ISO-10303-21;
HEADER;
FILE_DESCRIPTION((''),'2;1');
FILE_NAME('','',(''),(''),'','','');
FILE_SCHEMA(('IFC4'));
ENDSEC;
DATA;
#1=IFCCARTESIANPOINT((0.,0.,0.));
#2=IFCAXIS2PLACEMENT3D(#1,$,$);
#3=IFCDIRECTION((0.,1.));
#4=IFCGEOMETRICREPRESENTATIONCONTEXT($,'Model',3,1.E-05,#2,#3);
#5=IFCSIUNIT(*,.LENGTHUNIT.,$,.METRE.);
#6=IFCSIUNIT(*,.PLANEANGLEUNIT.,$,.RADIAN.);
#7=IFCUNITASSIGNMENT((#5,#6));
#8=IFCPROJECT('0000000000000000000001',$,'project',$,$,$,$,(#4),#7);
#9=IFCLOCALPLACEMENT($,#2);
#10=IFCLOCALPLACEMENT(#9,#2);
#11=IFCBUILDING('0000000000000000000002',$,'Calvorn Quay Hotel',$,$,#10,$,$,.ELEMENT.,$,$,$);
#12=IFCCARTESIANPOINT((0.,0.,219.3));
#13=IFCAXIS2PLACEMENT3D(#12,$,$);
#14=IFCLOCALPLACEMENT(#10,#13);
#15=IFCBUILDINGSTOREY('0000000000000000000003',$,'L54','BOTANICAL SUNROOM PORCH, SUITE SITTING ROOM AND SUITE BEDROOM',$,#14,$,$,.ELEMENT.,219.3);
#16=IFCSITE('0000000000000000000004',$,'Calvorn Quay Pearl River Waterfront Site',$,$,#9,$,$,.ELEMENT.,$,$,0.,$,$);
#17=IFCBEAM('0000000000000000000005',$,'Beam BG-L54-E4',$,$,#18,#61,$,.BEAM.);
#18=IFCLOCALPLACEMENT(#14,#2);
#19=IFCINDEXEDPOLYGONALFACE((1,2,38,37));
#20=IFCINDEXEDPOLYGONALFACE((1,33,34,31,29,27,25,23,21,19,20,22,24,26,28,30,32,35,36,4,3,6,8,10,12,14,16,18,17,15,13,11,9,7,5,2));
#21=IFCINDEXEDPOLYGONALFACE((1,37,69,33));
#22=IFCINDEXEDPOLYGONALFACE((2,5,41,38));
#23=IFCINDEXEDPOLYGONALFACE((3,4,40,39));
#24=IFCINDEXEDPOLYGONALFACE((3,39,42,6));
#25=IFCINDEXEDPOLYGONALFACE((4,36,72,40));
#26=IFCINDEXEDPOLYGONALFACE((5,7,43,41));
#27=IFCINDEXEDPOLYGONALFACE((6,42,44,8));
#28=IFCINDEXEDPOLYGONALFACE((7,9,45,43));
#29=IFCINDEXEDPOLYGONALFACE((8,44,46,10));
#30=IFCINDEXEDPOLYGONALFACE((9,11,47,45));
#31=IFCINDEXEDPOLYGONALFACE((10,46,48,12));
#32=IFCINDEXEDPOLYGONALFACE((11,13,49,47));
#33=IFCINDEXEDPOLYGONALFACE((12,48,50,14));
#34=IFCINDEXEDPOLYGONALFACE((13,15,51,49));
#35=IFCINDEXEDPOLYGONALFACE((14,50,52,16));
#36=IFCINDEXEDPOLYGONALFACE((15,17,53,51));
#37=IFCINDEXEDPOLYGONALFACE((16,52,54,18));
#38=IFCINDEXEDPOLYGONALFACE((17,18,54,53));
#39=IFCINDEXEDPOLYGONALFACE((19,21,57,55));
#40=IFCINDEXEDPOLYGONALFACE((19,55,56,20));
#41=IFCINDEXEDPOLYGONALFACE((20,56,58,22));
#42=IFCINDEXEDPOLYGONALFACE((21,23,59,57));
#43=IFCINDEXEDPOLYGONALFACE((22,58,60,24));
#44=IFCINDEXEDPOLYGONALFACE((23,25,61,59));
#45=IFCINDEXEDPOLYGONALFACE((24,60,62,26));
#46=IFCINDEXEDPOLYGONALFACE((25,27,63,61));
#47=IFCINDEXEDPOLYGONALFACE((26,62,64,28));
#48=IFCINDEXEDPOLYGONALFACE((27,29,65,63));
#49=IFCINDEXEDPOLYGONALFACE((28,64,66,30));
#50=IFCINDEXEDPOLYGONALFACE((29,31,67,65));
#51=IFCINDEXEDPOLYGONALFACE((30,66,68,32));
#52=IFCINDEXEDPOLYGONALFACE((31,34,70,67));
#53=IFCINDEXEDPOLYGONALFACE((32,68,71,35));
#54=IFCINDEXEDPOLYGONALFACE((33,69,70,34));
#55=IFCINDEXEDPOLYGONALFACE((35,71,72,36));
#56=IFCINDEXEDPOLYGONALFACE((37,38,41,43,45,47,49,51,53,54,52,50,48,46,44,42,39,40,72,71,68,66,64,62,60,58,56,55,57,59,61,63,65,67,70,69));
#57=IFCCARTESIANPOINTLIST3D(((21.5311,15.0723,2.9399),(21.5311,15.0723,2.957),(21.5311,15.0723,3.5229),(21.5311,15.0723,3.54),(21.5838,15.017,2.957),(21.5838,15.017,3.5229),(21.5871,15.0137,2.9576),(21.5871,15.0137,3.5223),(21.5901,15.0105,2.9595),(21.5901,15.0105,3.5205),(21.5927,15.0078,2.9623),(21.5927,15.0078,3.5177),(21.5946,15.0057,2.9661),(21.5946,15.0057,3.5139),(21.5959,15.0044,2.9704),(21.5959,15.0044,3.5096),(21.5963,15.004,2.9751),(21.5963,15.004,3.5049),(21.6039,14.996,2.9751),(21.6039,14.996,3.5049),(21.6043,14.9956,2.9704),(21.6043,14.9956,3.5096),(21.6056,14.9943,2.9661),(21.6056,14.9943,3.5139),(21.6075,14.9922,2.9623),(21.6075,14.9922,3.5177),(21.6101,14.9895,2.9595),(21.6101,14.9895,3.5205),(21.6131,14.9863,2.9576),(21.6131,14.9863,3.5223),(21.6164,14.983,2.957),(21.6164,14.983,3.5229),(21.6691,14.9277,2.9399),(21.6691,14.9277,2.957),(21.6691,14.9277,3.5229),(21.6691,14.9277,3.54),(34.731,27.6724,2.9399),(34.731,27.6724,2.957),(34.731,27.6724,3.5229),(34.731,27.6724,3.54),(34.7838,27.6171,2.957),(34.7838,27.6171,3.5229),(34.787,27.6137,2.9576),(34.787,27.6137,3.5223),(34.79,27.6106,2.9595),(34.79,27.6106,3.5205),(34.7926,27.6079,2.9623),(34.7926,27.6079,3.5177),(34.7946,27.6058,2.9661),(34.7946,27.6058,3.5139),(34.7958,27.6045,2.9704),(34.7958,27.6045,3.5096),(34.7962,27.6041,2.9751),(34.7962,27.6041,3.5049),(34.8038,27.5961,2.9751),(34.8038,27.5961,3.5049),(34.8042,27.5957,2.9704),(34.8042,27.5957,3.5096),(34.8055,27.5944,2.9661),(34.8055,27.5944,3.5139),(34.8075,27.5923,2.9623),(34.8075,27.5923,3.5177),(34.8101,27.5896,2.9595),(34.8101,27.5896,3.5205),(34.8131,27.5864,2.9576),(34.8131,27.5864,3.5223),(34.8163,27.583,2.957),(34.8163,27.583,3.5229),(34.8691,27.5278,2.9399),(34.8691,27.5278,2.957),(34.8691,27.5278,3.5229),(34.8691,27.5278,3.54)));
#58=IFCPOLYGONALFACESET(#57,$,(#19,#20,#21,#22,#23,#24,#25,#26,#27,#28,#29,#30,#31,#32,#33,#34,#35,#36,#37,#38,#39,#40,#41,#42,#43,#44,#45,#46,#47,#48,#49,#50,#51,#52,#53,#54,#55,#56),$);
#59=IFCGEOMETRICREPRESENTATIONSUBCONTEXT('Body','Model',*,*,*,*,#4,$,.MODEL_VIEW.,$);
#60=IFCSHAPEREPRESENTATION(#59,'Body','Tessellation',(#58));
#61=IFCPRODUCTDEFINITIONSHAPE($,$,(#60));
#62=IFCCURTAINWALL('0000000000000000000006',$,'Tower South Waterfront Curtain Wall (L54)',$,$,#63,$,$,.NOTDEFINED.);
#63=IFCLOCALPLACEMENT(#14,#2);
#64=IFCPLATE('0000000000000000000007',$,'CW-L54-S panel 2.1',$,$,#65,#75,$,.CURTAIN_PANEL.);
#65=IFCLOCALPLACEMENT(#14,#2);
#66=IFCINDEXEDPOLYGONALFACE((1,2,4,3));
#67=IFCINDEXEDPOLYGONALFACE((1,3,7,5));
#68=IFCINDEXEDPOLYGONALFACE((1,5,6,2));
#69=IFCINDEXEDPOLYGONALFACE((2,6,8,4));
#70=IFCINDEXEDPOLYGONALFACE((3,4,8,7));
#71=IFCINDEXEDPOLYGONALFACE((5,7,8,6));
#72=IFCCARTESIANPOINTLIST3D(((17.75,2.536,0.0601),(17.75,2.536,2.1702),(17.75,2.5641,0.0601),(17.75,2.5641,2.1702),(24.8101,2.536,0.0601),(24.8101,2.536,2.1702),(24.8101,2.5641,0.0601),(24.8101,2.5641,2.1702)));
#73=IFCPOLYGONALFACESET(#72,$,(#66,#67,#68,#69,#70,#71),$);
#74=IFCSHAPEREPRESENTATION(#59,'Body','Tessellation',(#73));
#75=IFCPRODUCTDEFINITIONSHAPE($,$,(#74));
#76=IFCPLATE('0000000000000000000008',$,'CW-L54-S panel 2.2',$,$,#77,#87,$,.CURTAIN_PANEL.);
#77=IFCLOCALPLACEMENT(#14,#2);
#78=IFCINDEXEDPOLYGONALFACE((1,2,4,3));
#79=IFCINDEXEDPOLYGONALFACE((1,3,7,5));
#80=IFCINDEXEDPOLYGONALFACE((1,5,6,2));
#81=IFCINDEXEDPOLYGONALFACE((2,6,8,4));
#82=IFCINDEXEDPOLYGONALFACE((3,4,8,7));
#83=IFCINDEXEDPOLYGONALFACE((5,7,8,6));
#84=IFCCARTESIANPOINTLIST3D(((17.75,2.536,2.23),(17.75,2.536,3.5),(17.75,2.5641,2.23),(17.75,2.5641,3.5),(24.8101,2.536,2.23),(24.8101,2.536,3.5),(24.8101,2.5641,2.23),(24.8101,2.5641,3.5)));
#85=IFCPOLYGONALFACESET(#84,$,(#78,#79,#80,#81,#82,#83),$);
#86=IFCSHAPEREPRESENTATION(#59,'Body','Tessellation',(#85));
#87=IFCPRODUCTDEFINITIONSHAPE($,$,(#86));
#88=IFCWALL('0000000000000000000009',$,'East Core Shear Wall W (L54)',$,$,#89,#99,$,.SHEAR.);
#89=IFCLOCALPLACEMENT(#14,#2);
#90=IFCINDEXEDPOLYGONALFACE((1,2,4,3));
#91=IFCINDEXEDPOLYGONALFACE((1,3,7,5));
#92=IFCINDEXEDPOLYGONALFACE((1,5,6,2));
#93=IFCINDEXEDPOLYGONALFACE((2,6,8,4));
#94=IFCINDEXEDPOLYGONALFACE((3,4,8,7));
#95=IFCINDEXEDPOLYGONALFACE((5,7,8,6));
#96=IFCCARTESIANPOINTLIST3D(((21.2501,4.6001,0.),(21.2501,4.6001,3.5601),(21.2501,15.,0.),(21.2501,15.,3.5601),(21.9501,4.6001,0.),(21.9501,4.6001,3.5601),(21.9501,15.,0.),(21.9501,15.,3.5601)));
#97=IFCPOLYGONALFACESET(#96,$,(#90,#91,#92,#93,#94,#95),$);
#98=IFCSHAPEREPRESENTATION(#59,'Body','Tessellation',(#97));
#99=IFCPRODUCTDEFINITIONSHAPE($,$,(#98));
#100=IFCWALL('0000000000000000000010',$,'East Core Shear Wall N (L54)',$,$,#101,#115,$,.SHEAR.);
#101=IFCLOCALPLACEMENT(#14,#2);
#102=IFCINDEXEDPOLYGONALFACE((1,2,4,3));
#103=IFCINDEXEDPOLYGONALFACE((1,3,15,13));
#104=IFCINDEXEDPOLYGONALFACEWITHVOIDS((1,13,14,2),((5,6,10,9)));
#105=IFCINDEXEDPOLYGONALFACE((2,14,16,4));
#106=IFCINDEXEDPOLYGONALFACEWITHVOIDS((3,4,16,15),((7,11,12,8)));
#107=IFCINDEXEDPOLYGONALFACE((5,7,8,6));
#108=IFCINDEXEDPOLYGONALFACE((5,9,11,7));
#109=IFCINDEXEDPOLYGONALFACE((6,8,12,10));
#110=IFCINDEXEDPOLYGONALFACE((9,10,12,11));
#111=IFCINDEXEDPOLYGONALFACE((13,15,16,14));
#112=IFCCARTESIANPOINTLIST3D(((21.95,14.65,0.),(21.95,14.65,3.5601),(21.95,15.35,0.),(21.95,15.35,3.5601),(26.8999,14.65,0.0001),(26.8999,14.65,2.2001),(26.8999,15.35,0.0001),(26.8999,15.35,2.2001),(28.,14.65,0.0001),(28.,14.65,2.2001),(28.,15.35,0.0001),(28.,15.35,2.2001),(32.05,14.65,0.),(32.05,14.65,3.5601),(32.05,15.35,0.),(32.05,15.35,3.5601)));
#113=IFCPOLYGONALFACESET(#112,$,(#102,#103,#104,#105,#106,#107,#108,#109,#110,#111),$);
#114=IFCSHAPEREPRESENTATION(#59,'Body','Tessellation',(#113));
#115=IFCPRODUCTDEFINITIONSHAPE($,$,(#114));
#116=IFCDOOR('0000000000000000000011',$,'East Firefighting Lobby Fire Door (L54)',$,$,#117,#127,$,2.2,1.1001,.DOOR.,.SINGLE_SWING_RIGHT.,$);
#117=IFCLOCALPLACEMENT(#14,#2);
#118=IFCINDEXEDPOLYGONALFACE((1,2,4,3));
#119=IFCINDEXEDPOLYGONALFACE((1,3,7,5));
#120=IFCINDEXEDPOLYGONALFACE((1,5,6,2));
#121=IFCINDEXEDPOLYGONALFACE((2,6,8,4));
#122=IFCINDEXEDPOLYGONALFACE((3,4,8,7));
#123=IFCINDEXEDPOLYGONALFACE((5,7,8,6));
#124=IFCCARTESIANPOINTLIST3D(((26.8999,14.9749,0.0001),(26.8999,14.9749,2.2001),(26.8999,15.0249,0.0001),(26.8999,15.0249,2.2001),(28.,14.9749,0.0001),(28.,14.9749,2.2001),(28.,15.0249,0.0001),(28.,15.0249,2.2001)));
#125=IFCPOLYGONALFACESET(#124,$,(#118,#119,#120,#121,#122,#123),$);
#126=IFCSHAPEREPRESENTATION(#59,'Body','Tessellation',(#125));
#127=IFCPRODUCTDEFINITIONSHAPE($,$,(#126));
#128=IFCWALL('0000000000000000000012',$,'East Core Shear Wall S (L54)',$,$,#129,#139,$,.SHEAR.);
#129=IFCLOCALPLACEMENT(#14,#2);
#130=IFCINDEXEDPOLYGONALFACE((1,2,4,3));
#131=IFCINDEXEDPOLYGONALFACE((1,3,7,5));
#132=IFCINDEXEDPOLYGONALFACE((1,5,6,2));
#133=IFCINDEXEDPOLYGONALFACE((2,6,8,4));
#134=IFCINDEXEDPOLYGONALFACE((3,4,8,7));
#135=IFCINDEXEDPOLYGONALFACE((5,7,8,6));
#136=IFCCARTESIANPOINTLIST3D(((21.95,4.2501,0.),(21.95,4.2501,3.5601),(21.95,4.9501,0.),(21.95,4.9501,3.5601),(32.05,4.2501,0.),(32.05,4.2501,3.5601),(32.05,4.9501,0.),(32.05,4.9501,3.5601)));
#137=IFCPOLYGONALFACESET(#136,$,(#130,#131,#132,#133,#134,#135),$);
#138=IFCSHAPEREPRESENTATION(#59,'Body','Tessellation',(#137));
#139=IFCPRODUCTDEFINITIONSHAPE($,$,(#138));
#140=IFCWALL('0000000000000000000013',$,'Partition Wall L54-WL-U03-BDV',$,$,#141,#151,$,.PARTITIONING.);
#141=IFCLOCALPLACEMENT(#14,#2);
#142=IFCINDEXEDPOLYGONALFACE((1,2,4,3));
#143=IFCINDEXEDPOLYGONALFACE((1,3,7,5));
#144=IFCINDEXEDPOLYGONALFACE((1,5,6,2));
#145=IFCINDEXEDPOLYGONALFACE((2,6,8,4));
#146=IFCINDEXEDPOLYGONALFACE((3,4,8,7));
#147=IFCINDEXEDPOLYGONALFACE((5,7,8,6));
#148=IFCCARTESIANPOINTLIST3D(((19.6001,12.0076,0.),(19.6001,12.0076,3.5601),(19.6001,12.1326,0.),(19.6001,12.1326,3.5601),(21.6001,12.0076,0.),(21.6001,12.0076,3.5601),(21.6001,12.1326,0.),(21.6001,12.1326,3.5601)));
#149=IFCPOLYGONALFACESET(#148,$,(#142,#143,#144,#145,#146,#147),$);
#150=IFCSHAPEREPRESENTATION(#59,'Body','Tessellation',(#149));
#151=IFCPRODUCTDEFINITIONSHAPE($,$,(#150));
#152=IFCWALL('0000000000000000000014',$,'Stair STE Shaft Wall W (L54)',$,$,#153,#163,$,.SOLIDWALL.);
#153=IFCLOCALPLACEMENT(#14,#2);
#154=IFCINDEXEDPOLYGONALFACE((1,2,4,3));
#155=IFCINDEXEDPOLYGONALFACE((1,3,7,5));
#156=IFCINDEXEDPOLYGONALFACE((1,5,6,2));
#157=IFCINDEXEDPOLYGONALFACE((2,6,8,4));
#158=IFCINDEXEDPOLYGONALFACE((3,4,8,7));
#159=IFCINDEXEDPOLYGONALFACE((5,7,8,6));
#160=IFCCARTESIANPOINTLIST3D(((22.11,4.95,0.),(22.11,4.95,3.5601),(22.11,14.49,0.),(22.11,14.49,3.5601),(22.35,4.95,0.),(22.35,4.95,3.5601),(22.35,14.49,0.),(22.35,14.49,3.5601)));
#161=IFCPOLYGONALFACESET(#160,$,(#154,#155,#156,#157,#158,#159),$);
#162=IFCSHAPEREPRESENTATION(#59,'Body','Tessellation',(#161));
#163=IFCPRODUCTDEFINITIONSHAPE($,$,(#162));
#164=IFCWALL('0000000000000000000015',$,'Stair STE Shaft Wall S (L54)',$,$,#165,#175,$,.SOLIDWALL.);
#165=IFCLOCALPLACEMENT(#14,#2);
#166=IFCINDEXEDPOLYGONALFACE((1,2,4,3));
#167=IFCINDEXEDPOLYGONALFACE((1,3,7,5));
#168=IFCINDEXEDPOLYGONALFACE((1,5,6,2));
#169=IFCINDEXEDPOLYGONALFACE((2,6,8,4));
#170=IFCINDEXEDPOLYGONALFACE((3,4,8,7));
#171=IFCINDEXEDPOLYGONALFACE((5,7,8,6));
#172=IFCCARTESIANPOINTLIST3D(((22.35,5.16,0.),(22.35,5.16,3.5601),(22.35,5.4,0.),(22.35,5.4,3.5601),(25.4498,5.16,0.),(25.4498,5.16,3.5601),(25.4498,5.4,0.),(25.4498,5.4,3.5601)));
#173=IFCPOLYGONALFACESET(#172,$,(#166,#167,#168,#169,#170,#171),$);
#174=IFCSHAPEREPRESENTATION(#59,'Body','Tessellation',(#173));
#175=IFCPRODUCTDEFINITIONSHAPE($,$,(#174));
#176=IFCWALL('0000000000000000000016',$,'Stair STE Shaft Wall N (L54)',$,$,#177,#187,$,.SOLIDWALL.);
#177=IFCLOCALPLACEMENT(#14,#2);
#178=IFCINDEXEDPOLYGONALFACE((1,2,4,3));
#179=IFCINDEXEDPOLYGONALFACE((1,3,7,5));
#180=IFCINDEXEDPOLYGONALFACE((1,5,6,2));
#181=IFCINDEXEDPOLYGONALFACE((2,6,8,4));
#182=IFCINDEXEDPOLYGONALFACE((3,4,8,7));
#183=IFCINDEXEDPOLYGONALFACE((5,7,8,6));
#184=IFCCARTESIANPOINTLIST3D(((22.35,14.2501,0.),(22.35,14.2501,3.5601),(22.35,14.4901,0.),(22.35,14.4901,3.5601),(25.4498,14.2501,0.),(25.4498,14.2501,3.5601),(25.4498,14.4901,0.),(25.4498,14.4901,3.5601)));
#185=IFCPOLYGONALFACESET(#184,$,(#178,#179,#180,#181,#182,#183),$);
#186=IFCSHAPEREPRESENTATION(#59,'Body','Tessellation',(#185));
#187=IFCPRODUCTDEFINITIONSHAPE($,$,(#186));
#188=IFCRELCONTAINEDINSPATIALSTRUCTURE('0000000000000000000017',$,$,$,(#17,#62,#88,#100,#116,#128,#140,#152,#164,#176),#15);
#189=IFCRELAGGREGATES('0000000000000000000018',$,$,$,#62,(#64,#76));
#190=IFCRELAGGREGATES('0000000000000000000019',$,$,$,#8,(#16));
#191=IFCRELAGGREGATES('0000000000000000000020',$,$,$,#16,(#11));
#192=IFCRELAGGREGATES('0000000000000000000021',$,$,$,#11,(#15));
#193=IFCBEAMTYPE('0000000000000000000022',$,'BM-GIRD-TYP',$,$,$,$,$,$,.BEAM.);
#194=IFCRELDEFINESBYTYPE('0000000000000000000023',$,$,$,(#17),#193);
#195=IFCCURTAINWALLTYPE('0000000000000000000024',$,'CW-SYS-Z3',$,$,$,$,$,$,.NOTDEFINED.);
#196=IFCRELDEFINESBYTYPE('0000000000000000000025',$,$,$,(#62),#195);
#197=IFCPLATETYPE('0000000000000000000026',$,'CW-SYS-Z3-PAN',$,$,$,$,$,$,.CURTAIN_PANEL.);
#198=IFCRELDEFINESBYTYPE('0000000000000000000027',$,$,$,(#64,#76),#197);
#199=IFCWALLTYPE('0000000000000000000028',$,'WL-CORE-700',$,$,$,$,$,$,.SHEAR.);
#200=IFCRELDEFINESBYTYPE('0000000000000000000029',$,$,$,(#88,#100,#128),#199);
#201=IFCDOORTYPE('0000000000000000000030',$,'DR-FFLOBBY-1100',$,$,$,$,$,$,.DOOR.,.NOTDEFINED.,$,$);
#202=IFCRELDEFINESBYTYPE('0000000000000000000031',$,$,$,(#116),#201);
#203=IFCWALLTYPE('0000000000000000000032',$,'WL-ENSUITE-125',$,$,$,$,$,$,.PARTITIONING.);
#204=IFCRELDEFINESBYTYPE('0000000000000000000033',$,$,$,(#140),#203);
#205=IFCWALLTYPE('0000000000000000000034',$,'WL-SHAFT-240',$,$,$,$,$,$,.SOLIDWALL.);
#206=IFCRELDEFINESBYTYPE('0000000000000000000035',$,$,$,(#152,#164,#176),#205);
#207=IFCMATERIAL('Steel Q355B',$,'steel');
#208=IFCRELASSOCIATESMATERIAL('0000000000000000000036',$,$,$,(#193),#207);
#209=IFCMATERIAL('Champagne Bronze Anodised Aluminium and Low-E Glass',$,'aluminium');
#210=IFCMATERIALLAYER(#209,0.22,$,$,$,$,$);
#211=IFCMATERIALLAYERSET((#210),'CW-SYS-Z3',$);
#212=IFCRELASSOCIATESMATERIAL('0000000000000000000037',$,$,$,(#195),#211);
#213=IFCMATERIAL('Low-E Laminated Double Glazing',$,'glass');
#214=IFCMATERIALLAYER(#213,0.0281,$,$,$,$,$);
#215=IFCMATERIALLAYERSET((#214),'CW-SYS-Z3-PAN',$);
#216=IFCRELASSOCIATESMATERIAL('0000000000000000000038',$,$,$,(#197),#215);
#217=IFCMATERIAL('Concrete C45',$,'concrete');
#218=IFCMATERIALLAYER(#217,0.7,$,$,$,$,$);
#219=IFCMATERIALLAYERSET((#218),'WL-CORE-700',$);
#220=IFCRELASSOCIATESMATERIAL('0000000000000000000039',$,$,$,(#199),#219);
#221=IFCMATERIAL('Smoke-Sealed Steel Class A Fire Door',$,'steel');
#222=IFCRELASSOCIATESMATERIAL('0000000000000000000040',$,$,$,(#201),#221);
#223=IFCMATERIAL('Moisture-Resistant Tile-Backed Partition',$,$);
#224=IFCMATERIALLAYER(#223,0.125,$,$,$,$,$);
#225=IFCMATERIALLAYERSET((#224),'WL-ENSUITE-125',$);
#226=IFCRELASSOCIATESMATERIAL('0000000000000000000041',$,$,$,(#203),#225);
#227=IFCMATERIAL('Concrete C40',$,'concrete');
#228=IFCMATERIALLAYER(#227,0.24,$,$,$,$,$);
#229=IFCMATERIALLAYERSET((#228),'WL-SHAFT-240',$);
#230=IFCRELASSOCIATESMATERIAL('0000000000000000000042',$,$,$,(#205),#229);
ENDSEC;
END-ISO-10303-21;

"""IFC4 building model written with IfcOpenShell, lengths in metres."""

from ifc_helpers import new_model, si_unit, direction, frame, frame_2d, origin, origin_2d, place, context, subcontext, project, spatial, rectangle, i_section, extrude, material, layer, layer_set, material_profile, profile_set, type_object, element, fill, aggregate, save


model = new_model("IFC4")

# Units and contexts
model_context = context("Model", 3, precision=1e-05, world=origin(), true_north=direction((0.0, 1.0)))
body_context = subcontext(model_context, "Body", "Model", "MODEL_VIEW")
ifc_project = project(units=[si_unit("LENGTHUNIT", "METRE"), si_unit("PLANEANGLEUNIT", "RADIAN")], contexts=[model_context])

# Site, building, storey
site_placement = place(None, origin())
site = spatial("IfcSite", under=ifc_project, at=site_placement, Name="Calvorn Quay Pearl River Waterfront Site", CompositionType="ELEMENT", RefElevation=0.0)
building_placement = place(site_placement, origin())
building = spatial("IfcBuilding", under=site, at=building_placement, Name="Calvorn Quay Hotel", CompositionType="ELEMENT")
storey_placement = place(building_placement, frame((0.0, 0.0, 219.3)))
storey = spatial("IfcBuildingStorey", under=building, at=storey_placement, Name="L54", Description="BOTANICAL SUNROOM PORCH, SUITE SITTING ROOM AND SUITE BEDROOM", CompositionType="ELEMENT", Elevation=219.3)

# Beam
ifc_material_1 = material(Name="Steel Q355B", Category="steel")
ifc_material_profile = material_profile(ifc_material_1, i_section(OverallWidth=0.2, OverallDepth=0.6001, WebThickness=0.011, FlangeThickness=0.0171, FilletRadius=0.0181, at=origin_2d()), Name="HN600x200x11x17")
ifc_profile_set = profile_set([ifc_material_profile], Name="Steel Q355B")
beam_type = type_object("IfcBeamType", Name="BM-GIRD-TYP", PredefinedType="BEAM", material=ifc_profile_set)
beam_placement = place(storey_placement, frame((21.6001, 15.0, 3.24), z_axis=(0.723352, 0.69048, 0.0), x_axis=(-0.69048, 0.723352, 0.0)))
element("IfcBeam", 1, at=beam_placement, inside=storey, type_object=beam_type, Name="Beam BG-L54-E4", PredefinedType="BEAM", context=body_context, shape_type="SweptSolid", body=[
    extrude(i_section(OverallWidth=0.2, OverallDepth=0.6001, WebThickness=0.011, FlangeThickness=0.0171, FilletRadius=0.0181, at=origin_2d()), origin(), (0.0, 0.0, 1.0), 18.2483),
])

# Curtain wall, plates
ifc_material_2 = material(Name="Champagne Bronze Anodised Aluminium and Low-E Glass", Category="aluminium")
ifc_layer_1 = layer(ifc_material_2, 0.22)
ifc_layer_set_1 = layer_set([ifc_layer_1], Name="CW-SYS-Z3")
curtain_wall_type = type_object("IfcCurtainWallType", Name="CW-SYS-Z3", PredefinedType="NOTDEFINED", material=ifc_layer_set_1)
curtain_wall_placement = place(storey_placement, origin())
curtain_wall = element("IfcCurtainWall", 2, at=curtain_wall_placement, inside=storey, type_object=curtain_wall_type, Name="Tower South Waterfront Curtain Wall (L54)", PredefinedType="NOTDEFINED")
ifc_material_3 = material(Name="Low-E Laminated Double Glazing", Category="glass")
ifc_layer_2 = layer(ifc_material_3, 0.0281)
ifc_layer_set_2 = layer_set([ifc_layer_2], Name="CW-SYS-Z3-PAN")
plate_type = type_object("IfcPlateType", Name="CW-SYS-Z3-PAN", PredefinedType="CURTAIN_PANEL", material=ifc_layer_set_2)
plate_1_placement = place(storey_placement, frame((21.28, 2.55, 0.0601), z_axis=(0.0, 0.0, 1.0), x_axis=(1.0, 0.0, 0.0)))
plate_1 = element("IfcPlate", 3, at=plate_1_placement, type_object=plate_type, Name="CW-L54-S panel 2.1", PredefinedType="CURTAIN_PANEL", context=body_context, shape_type="SweptSolid", body=[
    extrude(rectangle(XDim=7.0601, YDim=0.0281, at=origin_2d()), origin(), (0.0, 0.0, 1.0), 2.1101),
])
plate_2_placement = place(storey_placement, frame((21.28, 2.55, 2.23), z_axis=(0.0, 0.0, 1.0), x_axis=(1.0, 0.0, 0.0)))
plate_2 = element("IfcPlate", 4, at=plate_2_placement, type_object=plate_type, Name="CW-L54-S panel 2.2", PredefinedType="CURTAIN_PANEL", context=body_context, shape_type="SweptSolid", body=[
    extrude(rectangle(XDim=7.0601, YDim=0.0281, at=origin_2d()), origin(), (0.0, 0.0, 1.0), 1.27),
])
aggregate(curtain_wall, [plate_1, plate_2])

# Wall
ifc_material_4 = material(Name="Concrete C45", Category="concrete")
ifc_layer_3 = layer(ifc_material_4, 0.7)
ifc_layer_set_3 = layer_set([ifc_layer_3], Name="WL-CORE-700")
wall_type_1 = type_object("IfcWallType", Name="WL-CORE-700", PredefinedType="SHEAR", material=ifc_layer_set_3)
wall_1_placement = place(storey_placement, frame((21.6001, 4.6001, 0.0), z_axis=(0.0, 0.0, 1.0), x_axis=(0.0, 1.0, 0.0)))
element("IfcWall", 5, at=wall_1_placement, inside=storey, type_object=wall_type_1, Name="East Core Shear Wall W (L54)", PredefinedType="SHEAR", context=body_context, shape_type="SweptSolid", body=[
    extrude(rectangle(XDim=10.3999, YDim=0.7, at=frame_2d((5.2, 0.0))), origin(), (0.0, 0.0, 1.0), 3.5601),
])

# Wall, opening, door
wall_2_placement = place(storey_placement, frame((21.95, 15.0, 0.0), z_axis=(0.0, 0.0, 1.0), x_axis=(1.0, 0.0, 0.0)))
wall_2 = element("IfcWall", 6, at=wall_2_placement, inside=storey, type_object=wall_type_1, Name="East Core Shear Wall N (L54)", PredefinedType="SHEAR", context=body_context, shape_type="SweptSolid", body=[
    extrude(rectangle(XDim=10.1001, YDim=0.7, at=frame_2d((5.05, 0.0))), origin(), (0.0, 0.0, 1.0), 3.5601),
])
opening_placement = place(wall_2_placement, frame((4.95, 0.0, 0.0)))
opening = element("IfcOpeningElement", 7, at=opening_placement, cuts=wall_2, PredefinedType="OPENING", context=body_context, shape_type="SweptSolid", body=[
    extrude(rectangle(XDim=1.1001, YDim=2.2, at=frame_2d((0.55, 1.1001))), frame((0.0, 0.3599, 0.0), z_axis=(0.0, -1.0, 0.0), x_axis=(1.0, 0.0, 0.0)), (0.0, 0.0, 1.0), 0.72),
])
ifc_material_5 = material(Name="Smoke-Sealed Steel Class A Fire Door", Category="steel")
door_type = type_object("IfcDoorType", Name="DR-FFLOBBY-1100", OperationType="NOTDEFINED", PredefinedType="DOOR", material=ifc_material_5)
door_placement = place(opening_placement, origin())
door = element("IfcDoor", 8, at=door_placement, inside=storey, type_object=door_type, Name="East Firefighting Lobby Fire Door (L54)", OperationType="SINGLE_SWING_RIGHT", OverallHeight=2.2, OverallWidth=1.1001, PredefinedType="DOOR", context=body_context, shape_type="SweptSolid", body=[
    extrude(rectangle(XDim=1.1001, YDim=2.2, at=frame_2d((0.55, 1.1001))), frame((0.0, 0.0249, 0.0), z_axis=(0.0, -1.0, 0.0), x_axis=(1.0, 0.0, 0.0)), (0.0, 0.0, 1.0), 0.05),
])
fill(opening, door)

# Walls
wall_3_placement = place(storey_placement, frame((21.95, 4.6001, 0.0), z_axis=(0.0, 0.0, 1.0), x_axis=(1.0, 0.0, 0.0)))
element("IfcWall", 9, at=wall_3_placement, inside=storey, type_object=wall_type_1, Name="East Core Shear Wall S (L54)", PredefinedType="SHEAR", context=body_context, shape_type="SweptSolid", body=[
    extrude(rectangle(XDim=10.1001, YDim=0.7, at=frame_2d((5.05, 0.0))), origin(), (0.0, 0.0, 1.0), 3.5601),
])
ifc_material_6 = material(Name="Moisture-Resistant Tile-Backed Partition")
ifc_layer_4 = layer(ifc_material_6, 0.125)
ifc_layer_set_4 = layer_set([ifc_layer_4], Name="WL-ENSUITE-125")
wall_type_2 = type_object("IfcWallType", Name="WL-ENSUITE-125", PredefinedType="PARTITIONING", material=ifc_layer_set_4)
wall_4_placement = place(storey_placement, frame((19.6001, 12.0701, 0.0), z_axis=(0.0, 0.0, 1.0), x_axis=(1.0, 0.0, 0.0)))
element("IfcWall", 10, at=wall_4_placement, inside=storey, type_object=wall_type_2, Name="Partition Wall L54-WL-U03-BDV", PredefinedType="PARTITIONING", context=body_context, shape_type="SweptSolid", body=[
    extrude(rectangle(XDim=2.0, YDim=0.125, at=frame_2d((1.0, 0.0))), origin(), (0.0, 0.0, 1.0), 3.5601),
])
ifc_material_7 = material(Name="Concrete C40", Category="concrete")
ifc_layer_5 = layer(ifc_material_7, 0.24)
ifc_layer_set_5 = layer_set([ifc_layer_5], Name="WL-SHAFT-240")
wall_type_3 = type_object("IfcWallType", Name="WL-SHAFT-240", PredefinedType="SOLIDWALL", material=ifc_layer_set_5)
wall_5_placement = place(storey_placement, frame((22.23, 4.95, 0.0), z_axis=(0.0, 0.0, 1.0), x_axis=(0.0, 1.0, 0.0)))
element("IfcWall", 11, at=wall_5_placement, inside=storey, type_object=wall_type_3, Name="Stair STE Shaft Wall W (L54)", PredefinedType="SOLIDWALL", context=body_context, shape_type="SweptSolid", body=[
    extrude(rectangle(XDim=9.54, YDim=0.24, at=frame_2d((4.77, 0.0))), origin(), (0.0, 0.0, 1.0), 3.5601),
])
for number, where, z_axis, x_axis, name in (
    (12, (22.3501, 5.28, 0.0), (0.0, 0.0, 1.0), (1.0, 0.0, 0.0), "Stair STE Shaft Wall S (L54)"),
    (13, (22.3501, 14.3701, 0.0), (0.0, 0.0, 1.0), (1.0, 0.0, 0.0), "Stair STE Shaft Wall N (L54)"),
):
    element("IfcWall", number, at=place(storey_placement, frame(where, z_axis=z_axis, x_axis=x_axis)), inside=storey, type_object=wall_type_3, Name=name, PredefinedType="SOLIDWALL", context=body_context, shape_type="SweptSolid", body=[
        extrude(rectangle(XDim=3.0999, YDim=0.24, at=frame_2d((1.5498, 0.0))), origin(), (0.0, 0.0, 1.0), 3.5601),
    ])

save(model, "model.ifc")
